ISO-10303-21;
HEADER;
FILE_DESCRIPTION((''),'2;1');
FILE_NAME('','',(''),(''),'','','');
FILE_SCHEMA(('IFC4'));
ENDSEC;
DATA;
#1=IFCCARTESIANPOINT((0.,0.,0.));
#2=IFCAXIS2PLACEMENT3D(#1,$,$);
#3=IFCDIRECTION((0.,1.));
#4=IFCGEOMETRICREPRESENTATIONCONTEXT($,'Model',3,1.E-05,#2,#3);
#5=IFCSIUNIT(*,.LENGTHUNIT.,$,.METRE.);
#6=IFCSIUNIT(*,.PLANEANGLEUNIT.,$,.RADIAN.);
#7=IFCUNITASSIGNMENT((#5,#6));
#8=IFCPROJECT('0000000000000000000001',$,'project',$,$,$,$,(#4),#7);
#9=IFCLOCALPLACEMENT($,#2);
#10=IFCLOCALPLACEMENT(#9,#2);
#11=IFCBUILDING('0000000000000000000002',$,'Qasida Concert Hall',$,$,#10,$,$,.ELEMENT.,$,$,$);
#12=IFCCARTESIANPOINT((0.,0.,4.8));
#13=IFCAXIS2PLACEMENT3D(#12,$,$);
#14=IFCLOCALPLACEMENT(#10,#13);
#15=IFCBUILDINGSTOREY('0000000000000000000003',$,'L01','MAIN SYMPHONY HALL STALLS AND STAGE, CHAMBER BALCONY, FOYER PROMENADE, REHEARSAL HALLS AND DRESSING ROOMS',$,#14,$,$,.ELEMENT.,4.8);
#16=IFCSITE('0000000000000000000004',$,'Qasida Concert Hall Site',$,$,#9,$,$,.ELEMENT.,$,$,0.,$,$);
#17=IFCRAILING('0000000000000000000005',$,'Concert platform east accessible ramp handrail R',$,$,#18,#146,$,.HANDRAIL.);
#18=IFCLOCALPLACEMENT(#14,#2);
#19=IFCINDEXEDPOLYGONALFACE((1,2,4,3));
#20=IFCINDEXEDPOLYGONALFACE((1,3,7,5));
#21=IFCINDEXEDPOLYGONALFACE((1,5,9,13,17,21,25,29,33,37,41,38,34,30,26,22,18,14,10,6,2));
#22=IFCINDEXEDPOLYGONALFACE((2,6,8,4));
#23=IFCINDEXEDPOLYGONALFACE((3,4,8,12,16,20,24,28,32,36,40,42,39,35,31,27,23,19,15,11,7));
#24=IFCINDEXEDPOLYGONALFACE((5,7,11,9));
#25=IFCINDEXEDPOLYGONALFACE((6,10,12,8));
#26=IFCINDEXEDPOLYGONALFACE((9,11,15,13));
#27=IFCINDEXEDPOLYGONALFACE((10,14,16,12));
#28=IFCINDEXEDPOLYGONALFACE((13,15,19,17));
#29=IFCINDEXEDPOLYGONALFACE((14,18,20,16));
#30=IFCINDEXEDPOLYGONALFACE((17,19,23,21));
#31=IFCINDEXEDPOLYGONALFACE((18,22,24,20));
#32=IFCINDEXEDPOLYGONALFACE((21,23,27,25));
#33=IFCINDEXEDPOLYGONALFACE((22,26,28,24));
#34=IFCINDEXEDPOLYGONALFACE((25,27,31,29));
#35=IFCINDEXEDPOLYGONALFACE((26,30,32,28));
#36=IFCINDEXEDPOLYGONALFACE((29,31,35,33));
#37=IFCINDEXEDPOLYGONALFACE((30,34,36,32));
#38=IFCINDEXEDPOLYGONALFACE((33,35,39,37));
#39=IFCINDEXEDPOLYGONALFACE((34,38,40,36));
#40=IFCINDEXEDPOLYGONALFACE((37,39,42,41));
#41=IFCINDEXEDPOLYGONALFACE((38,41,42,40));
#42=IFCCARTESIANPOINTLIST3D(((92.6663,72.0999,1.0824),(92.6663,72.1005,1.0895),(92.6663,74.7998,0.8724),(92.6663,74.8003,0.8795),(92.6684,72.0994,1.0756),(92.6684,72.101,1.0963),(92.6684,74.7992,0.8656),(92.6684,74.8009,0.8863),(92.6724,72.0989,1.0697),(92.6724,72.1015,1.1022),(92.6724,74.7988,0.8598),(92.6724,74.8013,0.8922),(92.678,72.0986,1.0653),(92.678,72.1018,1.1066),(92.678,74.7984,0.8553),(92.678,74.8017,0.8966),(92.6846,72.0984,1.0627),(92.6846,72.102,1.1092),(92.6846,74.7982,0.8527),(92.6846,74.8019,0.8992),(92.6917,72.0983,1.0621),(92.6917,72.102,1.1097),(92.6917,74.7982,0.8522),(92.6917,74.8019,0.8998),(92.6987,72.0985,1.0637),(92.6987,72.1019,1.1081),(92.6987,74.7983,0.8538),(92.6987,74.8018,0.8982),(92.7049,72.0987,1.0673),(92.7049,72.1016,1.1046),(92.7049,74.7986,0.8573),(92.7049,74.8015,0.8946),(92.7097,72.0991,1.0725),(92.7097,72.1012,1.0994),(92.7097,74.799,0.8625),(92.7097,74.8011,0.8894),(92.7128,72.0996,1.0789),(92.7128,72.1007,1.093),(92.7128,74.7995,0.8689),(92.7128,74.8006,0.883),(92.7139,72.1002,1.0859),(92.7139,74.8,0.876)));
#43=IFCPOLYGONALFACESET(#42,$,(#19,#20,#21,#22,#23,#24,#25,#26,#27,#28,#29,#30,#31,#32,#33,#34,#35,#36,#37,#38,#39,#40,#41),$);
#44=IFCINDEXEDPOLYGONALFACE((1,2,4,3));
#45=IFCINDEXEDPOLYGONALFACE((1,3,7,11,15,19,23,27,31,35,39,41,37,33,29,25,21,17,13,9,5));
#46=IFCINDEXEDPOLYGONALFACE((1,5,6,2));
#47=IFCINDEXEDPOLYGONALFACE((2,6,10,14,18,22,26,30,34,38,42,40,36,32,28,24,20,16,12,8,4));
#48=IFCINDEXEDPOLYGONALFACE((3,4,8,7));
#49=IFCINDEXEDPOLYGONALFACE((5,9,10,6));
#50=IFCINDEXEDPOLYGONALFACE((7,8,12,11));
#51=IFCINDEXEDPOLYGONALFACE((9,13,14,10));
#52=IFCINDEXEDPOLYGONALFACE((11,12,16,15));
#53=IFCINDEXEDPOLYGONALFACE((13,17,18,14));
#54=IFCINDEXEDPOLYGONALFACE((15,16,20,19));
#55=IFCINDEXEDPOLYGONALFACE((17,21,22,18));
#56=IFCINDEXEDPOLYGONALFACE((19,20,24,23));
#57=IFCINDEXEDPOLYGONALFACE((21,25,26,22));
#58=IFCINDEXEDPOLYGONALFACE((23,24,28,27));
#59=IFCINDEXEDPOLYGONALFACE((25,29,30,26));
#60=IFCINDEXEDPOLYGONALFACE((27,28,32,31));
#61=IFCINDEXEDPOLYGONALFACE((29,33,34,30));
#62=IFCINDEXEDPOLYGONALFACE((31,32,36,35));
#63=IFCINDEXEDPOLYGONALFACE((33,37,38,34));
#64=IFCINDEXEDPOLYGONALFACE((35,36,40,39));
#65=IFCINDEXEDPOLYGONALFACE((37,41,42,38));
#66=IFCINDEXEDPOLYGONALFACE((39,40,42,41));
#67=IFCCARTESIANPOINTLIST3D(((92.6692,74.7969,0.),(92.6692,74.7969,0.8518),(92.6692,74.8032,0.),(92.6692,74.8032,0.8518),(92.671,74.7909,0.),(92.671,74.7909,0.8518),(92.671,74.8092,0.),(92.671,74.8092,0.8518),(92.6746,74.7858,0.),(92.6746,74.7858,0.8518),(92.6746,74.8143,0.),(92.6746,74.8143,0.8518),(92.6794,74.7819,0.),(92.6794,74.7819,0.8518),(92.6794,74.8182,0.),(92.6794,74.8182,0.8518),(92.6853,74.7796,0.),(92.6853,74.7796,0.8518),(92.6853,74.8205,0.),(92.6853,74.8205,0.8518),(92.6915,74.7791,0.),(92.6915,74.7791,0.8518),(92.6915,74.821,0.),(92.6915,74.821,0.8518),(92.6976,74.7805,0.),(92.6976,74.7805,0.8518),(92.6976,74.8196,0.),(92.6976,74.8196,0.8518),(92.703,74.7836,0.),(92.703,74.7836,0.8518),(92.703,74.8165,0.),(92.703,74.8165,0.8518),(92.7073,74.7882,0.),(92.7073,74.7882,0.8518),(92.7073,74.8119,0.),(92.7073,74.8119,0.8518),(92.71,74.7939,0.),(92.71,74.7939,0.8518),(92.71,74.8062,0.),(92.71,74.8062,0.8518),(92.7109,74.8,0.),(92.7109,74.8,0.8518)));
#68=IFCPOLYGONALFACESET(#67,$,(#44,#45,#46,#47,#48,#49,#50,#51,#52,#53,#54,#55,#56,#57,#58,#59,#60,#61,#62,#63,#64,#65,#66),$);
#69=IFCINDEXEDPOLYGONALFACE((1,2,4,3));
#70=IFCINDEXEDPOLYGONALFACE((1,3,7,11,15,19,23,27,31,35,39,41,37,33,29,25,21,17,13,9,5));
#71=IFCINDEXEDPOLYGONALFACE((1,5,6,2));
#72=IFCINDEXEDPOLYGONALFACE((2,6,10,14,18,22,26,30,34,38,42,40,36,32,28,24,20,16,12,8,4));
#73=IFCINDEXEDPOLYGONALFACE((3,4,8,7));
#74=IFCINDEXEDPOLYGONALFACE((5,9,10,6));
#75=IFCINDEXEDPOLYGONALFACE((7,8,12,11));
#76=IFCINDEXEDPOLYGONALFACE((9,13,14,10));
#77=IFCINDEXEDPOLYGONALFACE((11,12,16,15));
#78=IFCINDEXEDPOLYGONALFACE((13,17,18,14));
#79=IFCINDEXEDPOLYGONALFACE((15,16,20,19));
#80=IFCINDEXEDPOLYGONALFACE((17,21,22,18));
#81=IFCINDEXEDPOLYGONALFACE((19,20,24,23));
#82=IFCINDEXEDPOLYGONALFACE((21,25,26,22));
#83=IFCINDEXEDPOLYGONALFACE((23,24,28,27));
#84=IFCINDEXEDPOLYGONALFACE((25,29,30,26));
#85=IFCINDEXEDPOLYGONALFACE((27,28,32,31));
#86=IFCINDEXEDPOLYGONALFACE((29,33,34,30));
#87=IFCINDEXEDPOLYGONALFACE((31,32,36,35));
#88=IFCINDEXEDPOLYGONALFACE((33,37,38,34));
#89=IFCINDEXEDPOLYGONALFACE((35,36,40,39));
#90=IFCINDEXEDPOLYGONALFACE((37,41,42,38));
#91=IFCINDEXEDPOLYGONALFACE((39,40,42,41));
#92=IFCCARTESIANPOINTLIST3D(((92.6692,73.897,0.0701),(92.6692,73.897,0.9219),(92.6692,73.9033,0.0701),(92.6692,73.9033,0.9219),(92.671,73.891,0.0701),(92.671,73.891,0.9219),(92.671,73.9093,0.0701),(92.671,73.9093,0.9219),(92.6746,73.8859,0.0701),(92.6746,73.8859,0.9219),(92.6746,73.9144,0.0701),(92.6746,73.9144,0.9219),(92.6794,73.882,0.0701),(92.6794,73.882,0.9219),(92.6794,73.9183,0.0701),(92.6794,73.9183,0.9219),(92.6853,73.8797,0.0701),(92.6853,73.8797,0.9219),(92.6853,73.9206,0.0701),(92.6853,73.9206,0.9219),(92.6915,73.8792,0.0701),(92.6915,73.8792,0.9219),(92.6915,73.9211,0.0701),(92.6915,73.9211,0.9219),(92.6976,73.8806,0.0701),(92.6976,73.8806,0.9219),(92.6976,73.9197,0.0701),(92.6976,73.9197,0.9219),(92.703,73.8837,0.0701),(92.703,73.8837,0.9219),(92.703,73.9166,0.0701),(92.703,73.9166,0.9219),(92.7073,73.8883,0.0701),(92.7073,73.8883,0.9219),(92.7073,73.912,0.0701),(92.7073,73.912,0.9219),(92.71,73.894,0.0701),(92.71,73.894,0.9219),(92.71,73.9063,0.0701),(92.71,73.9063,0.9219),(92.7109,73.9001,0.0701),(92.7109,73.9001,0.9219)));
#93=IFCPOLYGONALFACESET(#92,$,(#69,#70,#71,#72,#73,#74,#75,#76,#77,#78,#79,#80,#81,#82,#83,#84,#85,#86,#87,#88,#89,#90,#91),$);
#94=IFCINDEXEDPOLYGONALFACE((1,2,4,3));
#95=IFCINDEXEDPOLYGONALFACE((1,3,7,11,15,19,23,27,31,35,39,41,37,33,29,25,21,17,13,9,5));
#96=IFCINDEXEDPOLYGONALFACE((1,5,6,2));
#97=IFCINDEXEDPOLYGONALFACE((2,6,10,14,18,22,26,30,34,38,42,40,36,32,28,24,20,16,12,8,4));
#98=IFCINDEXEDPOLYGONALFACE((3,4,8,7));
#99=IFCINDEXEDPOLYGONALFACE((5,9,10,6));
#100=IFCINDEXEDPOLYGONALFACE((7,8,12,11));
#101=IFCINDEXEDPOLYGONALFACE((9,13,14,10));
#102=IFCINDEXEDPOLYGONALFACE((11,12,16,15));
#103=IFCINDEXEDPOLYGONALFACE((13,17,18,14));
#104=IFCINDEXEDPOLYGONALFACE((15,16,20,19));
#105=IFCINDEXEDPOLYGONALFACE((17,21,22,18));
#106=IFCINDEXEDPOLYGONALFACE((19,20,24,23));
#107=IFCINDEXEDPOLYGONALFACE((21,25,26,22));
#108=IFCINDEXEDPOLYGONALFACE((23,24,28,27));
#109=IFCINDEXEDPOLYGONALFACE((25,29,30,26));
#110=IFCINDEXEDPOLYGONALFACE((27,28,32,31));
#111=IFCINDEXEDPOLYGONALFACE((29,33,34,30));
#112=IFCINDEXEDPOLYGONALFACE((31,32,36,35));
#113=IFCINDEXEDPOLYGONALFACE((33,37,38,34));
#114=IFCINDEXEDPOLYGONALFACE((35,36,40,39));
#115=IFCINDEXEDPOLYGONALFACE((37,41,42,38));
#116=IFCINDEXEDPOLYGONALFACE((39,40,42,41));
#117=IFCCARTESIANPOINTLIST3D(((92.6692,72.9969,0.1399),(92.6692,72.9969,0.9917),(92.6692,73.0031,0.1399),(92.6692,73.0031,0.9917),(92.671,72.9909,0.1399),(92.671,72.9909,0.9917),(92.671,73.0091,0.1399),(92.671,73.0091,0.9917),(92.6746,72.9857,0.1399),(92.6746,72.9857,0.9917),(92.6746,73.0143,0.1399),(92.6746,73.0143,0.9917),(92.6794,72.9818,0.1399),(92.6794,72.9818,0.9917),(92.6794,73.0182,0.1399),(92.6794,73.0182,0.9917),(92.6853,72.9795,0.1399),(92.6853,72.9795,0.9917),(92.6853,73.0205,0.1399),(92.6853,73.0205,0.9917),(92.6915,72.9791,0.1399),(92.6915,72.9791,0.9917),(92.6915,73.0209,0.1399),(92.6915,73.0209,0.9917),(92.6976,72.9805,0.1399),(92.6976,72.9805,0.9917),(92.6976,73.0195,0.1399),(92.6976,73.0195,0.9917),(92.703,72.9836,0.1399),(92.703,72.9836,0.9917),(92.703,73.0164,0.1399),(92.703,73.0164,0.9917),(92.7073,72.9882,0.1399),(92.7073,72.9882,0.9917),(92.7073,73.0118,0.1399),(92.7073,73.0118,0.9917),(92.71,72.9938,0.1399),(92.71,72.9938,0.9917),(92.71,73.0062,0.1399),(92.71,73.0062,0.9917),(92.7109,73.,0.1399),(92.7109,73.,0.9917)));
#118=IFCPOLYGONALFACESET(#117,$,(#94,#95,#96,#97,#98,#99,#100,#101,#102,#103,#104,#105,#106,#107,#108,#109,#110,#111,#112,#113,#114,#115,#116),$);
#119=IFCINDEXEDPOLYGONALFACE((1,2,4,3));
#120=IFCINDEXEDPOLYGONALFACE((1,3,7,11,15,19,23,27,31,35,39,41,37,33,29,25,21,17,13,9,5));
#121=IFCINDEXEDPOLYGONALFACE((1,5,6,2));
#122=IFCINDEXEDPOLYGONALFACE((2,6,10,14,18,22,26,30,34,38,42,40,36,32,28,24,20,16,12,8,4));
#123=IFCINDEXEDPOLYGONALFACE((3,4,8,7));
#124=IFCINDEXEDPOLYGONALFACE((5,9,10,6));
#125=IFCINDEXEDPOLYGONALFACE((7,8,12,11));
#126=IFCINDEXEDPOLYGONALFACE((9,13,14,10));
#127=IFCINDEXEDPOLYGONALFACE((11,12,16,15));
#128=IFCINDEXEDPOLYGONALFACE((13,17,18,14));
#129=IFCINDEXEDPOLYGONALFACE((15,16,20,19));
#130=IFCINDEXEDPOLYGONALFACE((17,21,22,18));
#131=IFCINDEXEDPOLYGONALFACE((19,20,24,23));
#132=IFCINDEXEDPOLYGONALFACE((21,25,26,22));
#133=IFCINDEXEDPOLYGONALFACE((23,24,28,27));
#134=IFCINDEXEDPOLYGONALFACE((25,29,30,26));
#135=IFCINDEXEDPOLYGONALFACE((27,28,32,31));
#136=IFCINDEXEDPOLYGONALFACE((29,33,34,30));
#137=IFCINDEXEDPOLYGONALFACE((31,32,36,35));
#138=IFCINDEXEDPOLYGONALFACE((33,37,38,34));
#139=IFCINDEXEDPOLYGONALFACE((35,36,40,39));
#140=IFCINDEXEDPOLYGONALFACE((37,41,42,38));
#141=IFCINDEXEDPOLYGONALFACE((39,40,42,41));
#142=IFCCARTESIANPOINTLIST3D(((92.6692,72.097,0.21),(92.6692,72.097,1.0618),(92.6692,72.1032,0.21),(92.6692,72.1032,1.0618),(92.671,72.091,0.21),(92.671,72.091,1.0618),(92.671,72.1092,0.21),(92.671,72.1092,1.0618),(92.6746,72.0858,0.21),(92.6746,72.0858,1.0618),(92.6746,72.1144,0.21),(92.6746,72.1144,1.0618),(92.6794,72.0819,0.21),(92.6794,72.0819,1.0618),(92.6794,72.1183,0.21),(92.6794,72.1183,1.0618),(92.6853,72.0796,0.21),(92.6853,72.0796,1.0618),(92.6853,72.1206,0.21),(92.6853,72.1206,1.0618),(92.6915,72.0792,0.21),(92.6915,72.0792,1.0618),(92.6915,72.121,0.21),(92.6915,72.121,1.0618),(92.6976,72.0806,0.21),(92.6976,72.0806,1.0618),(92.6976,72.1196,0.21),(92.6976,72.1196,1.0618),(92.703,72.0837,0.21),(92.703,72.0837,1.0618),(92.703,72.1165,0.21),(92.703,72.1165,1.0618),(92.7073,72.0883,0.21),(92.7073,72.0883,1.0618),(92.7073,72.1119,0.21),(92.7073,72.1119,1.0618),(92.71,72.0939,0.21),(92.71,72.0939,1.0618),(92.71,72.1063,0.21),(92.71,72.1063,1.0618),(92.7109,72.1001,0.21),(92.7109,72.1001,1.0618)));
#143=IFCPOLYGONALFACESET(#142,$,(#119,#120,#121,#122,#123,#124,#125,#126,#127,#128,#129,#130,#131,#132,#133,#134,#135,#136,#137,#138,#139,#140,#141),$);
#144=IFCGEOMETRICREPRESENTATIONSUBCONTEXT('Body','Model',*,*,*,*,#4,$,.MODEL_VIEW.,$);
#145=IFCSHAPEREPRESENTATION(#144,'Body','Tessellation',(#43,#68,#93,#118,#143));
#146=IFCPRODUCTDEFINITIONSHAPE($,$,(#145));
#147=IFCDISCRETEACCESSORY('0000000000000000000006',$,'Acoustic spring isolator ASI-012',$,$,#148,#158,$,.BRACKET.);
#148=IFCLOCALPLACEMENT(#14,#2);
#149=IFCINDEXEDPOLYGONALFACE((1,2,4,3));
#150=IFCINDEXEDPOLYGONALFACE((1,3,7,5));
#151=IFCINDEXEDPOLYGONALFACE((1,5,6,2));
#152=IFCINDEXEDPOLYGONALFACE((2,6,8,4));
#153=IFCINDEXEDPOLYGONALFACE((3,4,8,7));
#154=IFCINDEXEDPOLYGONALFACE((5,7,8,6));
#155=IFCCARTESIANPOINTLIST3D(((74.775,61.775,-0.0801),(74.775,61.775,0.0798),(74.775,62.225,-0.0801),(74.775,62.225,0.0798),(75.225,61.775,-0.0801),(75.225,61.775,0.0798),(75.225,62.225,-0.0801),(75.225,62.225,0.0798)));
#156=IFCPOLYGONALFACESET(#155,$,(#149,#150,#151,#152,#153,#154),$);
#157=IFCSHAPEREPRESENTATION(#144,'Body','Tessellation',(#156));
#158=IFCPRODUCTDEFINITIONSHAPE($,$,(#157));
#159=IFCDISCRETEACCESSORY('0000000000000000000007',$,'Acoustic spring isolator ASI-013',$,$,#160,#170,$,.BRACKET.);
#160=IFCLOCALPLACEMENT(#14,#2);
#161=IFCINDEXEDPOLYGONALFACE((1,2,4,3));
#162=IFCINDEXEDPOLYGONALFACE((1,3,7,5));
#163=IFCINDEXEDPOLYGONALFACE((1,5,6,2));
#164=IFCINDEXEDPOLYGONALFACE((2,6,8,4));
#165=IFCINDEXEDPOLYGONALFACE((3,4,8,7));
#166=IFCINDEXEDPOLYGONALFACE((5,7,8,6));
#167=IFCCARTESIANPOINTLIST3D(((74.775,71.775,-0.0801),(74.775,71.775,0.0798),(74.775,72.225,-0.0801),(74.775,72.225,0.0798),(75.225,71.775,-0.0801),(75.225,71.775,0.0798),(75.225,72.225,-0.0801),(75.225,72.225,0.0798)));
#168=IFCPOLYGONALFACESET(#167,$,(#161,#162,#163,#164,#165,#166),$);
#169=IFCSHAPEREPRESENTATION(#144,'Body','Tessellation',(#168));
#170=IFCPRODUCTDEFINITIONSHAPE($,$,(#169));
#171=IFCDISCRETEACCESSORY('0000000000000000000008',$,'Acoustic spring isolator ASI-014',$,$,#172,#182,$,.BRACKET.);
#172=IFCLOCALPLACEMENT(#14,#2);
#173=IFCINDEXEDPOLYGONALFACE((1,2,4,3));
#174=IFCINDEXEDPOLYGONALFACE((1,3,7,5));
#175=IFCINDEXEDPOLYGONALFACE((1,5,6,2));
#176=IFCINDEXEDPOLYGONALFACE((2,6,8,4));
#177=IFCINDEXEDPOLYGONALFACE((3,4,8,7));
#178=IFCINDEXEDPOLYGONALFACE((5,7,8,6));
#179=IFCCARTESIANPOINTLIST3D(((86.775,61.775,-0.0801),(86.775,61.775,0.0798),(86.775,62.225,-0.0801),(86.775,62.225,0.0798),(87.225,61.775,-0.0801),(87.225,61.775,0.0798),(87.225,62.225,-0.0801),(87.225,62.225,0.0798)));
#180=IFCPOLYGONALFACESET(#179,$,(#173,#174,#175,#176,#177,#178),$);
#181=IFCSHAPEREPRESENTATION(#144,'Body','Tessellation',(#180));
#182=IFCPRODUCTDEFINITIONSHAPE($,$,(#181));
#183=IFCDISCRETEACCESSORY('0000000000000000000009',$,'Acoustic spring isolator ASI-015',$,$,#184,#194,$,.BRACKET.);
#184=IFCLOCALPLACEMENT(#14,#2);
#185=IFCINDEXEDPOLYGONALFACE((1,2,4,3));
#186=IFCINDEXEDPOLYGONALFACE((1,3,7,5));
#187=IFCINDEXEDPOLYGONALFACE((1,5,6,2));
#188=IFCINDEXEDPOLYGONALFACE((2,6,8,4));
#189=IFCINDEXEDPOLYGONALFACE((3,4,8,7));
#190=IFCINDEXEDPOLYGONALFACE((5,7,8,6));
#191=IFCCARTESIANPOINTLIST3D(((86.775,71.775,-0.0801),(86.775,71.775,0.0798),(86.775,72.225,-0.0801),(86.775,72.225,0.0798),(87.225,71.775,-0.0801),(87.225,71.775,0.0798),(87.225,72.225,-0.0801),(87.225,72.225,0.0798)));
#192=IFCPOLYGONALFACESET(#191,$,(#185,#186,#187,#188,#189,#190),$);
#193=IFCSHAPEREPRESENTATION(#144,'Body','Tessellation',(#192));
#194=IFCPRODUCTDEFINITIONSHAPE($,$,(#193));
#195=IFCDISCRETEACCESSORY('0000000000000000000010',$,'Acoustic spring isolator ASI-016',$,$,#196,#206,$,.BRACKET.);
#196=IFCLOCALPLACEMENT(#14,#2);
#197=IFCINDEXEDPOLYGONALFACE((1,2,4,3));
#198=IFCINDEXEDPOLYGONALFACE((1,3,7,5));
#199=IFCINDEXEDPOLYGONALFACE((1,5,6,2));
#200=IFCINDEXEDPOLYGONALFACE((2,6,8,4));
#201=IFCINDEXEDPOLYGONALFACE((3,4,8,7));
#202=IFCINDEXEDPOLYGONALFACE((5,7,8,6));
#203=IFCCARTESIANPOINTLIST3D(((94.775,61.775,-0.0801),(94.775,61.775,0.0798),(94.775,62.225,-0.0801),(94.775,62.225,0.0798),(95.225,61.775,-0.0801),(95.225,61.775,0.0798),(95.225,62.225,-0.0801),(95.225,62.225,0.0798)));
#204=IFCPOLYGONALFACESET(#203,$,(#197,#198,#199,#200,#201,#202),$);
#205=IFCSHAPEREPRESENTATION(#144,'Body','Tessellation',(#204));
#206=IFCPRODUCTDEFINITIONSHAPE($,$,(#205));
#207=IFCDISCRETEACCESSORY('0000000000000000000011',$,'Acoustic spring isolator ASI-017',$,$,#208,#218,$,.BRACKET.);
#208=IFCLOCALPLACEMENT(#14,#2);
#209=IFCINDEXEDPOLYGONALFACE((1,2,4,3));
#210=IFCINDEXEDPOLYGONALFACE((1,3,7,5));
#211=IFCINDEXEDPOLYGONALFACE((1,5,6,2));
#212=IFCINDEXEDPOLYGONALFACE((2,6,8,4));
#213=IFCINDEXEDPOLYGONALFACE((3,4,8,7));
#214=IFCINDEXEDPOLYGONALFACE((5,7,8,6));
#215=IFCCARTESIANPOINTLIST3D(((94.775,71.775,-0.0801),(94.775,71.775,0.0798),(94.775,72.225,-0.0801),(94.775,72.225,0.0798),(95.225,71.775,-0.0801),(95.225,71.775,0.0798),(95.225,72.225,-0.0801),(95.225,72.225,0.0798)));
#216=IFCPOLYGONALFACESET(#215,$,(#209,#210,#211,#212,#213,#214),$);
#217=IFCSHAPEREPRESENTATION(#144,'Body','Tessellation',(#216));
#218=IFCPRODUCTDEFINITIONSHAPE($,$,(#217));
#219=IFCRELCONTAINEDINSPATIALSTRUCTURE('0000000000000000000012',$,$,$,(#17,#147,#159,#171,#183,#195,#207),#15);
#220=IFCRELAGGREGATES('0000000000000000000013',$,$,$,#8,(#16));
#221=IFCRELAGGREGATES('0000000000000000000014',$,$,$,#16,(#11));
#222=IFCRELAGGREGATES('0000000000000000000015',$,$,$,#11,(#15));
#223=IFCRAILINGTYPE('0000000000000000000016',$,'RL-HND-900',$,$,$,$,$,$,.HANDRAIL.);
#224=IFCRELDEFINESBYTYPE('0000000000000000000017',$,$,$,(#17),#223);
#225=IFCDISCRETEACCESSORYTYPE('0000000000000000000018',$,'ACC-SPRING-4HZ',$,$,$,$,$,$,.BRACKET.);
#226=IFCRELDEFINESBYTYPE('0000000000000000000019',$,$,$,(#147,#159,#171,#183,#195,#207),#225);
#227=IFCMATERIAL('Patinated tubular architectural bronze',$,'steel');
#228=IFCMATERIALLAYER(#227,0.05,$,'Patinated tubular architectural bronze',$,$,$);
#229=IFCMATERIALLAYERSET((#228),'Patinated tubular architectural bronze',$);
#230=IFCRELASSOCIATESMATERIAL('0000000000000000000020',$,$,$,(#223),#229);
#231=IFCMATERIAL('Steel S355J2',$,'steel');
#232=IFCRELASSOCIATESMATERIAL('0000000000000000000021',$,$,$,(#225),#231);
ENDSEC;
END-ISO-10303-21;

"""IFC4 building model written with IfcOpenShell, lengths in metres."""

from ifc_helpers import new_model, si_unit, direction, frame, origin, origin_2d, place, context, subcontext, project, spatial, rectangle, circle, extrude, material, layer, layer_set, type_object, element, save


model = new_model("IFC4")

# Units and contexts
model_context = context("Model", 3, precision=1e-05, world=origin(), true_north=direction((0.0, 1.0)))
body_context = subcontext(model_context, "Body", "Model", "MODEL_VIEW")
ifc_project = project(units=[si_unit("LENGTHUNIT", "METRE"), si_unit("PLANEANGLEUNIT", "RADIAN")], contexts=[model_context])

# Site, building, storey
site_placement = place(None, origin())
site = spatial("IfcSite", under=ifc_project, at=site_placement, Name="Qasida Concert Hall Site", CompositionType="ELEMENT", RefElevation=0.0)
building_placement = place(site_placement, origin())
building = spatial("IfcBuilding", under=site, at=building_placement, Name="Qasida Concert Hall", CompositionType="ELEMENT")
storey_placement = place(building_placement, frame((0.0, 0.0, 4.8)))
storey = spatial("IfcBuildingStorey", under=building, at=storey_placement, Name="L01", Description="MAIN SYMPHONY HALL STALLS AND STAGE, CHAMBER BALCONY, FOYER PROMENADE, REHEARSAL HALLS AND DRESSING ROOMS", CompositionType="ELEMENT", Elevation=4.8)

# Railing
ifc_material_1 = material(Name="Patinated tubular architectural bronze", Category="steel")
ifc_layer_1 = layer(ifc_material_1, 0.05, Name="Patinated tubular architectural bronze")
ifc_layer_set_1 = layer_set([ifc_layer_1], Name="Patinated tubular architectural bronze")
railing_type = type_object("IfcRailingType", Name="RL-HND-900", PredefinedType="HANDRAIL", material=ifc_layer_set_1)
for number, where, name in (
    (1, (92.6899, 74.8, 0.0), "Concert platform east accessible ramp handrail R"),
):
    element("IfcRailing", number, at=place(storey_placement, frame(where)), inside=storey, type_object=railing_type, Name=name, PredefinedType="HANDRAIL", context=body_context, shape_type="SweptSolid", body=[
        extrude(circle(Radius=0.0239, at=origin_2d()), frame((0.0, 0.0, 0.876), z_axis=(0.0, -0.99699, 0.077531), x_axis=(1.0, 0.0, 0.0)), (0.0, 0.0, 1.0), 2.708),
        extrude(circle(Radius=0.021, at=origin_2d()), origin(), (0.0, 0.0, 1.0), 0.8518),
        extrude(circle(Radius=0.021, at=origin_2d()), frame((0.0, -0.8999, 0.0701)), (0.0, 0.0, 1.0), 0.8518),
        extrude(circle(Radius=0.021, at=origin_2d()), frame((0.0, -1.8, 0.1399)), (0.0, 0.0, 1.0), 0.8518),
        extrude(circle(Radius=0.021, at=origin_2d()), frame((0.0, -2.7, 0.21)), (0.0, 0.0, 1.0), 0.8518),
    ])

# Discrete accessories
ifc_material_2 = material(Name="Steel S355J2", Category="steel")
discrete_accessory_type = type_object("IfcDiscreteAccessoryType", Name="ACC-SPRING-4HZ", PredefinedType="BRACKET", material=ifc_material_2)
for number, where, z_axis, x_axis, name in (
    (2, (75.0, 62.0, -0.0801), (0.0, 0.0, 1.0), (1.0, 0.0, 0.0), "Acoustic spring isolator ASI-012"),
    (3, (75.0, 72.0, -0.0801), (0.0, 0.0, 1.0), (1.0, 0.0, 0.0), "Acoustic spring isolator ASI-013"),
    (4, (87.0, 62.0, -0.0801), (0.0, 0.0, 1.0), (1.0, 0.0, 0.0), "Acoustic spring isolator ASI-014"),
    (5, (87.0, 72.0, -0.0801), (0.0, 0.0, 1.0), (1.0, 0.0, 0.0), "Acoustic spring isolator ASI-015"),
    (6, (95.0, 62.0, -0.0801), (0.0, 0.0, 1.0), (1.0, 0.0, 0.0), "Acoustic spring isolator ASI-016"),
    (7, (95.0, 72.0, -0.0801), (0.0, 0.0, 1.0), (1.0, 0.0, 0.0), "Acoustic spring isolator ASI-017"),
):
    element("IfcDiscreteAccessory", number, at=place(storey_placement, frame(where, z_axis=z_axis, x_axis=x_axis)), inside=storey, type_object=discrete_accessory_type, Name=name, PredefinedType="BRACKET", context=body_context, shape_type="SweptSolid", body=[
        extrude(rectangle(XDim=0.45, YDim=0.45, at=origin_2d()), origin(), (0.0, 0.0, 1.0), 0.1599),
    ])

save(model, "model.ifc")
